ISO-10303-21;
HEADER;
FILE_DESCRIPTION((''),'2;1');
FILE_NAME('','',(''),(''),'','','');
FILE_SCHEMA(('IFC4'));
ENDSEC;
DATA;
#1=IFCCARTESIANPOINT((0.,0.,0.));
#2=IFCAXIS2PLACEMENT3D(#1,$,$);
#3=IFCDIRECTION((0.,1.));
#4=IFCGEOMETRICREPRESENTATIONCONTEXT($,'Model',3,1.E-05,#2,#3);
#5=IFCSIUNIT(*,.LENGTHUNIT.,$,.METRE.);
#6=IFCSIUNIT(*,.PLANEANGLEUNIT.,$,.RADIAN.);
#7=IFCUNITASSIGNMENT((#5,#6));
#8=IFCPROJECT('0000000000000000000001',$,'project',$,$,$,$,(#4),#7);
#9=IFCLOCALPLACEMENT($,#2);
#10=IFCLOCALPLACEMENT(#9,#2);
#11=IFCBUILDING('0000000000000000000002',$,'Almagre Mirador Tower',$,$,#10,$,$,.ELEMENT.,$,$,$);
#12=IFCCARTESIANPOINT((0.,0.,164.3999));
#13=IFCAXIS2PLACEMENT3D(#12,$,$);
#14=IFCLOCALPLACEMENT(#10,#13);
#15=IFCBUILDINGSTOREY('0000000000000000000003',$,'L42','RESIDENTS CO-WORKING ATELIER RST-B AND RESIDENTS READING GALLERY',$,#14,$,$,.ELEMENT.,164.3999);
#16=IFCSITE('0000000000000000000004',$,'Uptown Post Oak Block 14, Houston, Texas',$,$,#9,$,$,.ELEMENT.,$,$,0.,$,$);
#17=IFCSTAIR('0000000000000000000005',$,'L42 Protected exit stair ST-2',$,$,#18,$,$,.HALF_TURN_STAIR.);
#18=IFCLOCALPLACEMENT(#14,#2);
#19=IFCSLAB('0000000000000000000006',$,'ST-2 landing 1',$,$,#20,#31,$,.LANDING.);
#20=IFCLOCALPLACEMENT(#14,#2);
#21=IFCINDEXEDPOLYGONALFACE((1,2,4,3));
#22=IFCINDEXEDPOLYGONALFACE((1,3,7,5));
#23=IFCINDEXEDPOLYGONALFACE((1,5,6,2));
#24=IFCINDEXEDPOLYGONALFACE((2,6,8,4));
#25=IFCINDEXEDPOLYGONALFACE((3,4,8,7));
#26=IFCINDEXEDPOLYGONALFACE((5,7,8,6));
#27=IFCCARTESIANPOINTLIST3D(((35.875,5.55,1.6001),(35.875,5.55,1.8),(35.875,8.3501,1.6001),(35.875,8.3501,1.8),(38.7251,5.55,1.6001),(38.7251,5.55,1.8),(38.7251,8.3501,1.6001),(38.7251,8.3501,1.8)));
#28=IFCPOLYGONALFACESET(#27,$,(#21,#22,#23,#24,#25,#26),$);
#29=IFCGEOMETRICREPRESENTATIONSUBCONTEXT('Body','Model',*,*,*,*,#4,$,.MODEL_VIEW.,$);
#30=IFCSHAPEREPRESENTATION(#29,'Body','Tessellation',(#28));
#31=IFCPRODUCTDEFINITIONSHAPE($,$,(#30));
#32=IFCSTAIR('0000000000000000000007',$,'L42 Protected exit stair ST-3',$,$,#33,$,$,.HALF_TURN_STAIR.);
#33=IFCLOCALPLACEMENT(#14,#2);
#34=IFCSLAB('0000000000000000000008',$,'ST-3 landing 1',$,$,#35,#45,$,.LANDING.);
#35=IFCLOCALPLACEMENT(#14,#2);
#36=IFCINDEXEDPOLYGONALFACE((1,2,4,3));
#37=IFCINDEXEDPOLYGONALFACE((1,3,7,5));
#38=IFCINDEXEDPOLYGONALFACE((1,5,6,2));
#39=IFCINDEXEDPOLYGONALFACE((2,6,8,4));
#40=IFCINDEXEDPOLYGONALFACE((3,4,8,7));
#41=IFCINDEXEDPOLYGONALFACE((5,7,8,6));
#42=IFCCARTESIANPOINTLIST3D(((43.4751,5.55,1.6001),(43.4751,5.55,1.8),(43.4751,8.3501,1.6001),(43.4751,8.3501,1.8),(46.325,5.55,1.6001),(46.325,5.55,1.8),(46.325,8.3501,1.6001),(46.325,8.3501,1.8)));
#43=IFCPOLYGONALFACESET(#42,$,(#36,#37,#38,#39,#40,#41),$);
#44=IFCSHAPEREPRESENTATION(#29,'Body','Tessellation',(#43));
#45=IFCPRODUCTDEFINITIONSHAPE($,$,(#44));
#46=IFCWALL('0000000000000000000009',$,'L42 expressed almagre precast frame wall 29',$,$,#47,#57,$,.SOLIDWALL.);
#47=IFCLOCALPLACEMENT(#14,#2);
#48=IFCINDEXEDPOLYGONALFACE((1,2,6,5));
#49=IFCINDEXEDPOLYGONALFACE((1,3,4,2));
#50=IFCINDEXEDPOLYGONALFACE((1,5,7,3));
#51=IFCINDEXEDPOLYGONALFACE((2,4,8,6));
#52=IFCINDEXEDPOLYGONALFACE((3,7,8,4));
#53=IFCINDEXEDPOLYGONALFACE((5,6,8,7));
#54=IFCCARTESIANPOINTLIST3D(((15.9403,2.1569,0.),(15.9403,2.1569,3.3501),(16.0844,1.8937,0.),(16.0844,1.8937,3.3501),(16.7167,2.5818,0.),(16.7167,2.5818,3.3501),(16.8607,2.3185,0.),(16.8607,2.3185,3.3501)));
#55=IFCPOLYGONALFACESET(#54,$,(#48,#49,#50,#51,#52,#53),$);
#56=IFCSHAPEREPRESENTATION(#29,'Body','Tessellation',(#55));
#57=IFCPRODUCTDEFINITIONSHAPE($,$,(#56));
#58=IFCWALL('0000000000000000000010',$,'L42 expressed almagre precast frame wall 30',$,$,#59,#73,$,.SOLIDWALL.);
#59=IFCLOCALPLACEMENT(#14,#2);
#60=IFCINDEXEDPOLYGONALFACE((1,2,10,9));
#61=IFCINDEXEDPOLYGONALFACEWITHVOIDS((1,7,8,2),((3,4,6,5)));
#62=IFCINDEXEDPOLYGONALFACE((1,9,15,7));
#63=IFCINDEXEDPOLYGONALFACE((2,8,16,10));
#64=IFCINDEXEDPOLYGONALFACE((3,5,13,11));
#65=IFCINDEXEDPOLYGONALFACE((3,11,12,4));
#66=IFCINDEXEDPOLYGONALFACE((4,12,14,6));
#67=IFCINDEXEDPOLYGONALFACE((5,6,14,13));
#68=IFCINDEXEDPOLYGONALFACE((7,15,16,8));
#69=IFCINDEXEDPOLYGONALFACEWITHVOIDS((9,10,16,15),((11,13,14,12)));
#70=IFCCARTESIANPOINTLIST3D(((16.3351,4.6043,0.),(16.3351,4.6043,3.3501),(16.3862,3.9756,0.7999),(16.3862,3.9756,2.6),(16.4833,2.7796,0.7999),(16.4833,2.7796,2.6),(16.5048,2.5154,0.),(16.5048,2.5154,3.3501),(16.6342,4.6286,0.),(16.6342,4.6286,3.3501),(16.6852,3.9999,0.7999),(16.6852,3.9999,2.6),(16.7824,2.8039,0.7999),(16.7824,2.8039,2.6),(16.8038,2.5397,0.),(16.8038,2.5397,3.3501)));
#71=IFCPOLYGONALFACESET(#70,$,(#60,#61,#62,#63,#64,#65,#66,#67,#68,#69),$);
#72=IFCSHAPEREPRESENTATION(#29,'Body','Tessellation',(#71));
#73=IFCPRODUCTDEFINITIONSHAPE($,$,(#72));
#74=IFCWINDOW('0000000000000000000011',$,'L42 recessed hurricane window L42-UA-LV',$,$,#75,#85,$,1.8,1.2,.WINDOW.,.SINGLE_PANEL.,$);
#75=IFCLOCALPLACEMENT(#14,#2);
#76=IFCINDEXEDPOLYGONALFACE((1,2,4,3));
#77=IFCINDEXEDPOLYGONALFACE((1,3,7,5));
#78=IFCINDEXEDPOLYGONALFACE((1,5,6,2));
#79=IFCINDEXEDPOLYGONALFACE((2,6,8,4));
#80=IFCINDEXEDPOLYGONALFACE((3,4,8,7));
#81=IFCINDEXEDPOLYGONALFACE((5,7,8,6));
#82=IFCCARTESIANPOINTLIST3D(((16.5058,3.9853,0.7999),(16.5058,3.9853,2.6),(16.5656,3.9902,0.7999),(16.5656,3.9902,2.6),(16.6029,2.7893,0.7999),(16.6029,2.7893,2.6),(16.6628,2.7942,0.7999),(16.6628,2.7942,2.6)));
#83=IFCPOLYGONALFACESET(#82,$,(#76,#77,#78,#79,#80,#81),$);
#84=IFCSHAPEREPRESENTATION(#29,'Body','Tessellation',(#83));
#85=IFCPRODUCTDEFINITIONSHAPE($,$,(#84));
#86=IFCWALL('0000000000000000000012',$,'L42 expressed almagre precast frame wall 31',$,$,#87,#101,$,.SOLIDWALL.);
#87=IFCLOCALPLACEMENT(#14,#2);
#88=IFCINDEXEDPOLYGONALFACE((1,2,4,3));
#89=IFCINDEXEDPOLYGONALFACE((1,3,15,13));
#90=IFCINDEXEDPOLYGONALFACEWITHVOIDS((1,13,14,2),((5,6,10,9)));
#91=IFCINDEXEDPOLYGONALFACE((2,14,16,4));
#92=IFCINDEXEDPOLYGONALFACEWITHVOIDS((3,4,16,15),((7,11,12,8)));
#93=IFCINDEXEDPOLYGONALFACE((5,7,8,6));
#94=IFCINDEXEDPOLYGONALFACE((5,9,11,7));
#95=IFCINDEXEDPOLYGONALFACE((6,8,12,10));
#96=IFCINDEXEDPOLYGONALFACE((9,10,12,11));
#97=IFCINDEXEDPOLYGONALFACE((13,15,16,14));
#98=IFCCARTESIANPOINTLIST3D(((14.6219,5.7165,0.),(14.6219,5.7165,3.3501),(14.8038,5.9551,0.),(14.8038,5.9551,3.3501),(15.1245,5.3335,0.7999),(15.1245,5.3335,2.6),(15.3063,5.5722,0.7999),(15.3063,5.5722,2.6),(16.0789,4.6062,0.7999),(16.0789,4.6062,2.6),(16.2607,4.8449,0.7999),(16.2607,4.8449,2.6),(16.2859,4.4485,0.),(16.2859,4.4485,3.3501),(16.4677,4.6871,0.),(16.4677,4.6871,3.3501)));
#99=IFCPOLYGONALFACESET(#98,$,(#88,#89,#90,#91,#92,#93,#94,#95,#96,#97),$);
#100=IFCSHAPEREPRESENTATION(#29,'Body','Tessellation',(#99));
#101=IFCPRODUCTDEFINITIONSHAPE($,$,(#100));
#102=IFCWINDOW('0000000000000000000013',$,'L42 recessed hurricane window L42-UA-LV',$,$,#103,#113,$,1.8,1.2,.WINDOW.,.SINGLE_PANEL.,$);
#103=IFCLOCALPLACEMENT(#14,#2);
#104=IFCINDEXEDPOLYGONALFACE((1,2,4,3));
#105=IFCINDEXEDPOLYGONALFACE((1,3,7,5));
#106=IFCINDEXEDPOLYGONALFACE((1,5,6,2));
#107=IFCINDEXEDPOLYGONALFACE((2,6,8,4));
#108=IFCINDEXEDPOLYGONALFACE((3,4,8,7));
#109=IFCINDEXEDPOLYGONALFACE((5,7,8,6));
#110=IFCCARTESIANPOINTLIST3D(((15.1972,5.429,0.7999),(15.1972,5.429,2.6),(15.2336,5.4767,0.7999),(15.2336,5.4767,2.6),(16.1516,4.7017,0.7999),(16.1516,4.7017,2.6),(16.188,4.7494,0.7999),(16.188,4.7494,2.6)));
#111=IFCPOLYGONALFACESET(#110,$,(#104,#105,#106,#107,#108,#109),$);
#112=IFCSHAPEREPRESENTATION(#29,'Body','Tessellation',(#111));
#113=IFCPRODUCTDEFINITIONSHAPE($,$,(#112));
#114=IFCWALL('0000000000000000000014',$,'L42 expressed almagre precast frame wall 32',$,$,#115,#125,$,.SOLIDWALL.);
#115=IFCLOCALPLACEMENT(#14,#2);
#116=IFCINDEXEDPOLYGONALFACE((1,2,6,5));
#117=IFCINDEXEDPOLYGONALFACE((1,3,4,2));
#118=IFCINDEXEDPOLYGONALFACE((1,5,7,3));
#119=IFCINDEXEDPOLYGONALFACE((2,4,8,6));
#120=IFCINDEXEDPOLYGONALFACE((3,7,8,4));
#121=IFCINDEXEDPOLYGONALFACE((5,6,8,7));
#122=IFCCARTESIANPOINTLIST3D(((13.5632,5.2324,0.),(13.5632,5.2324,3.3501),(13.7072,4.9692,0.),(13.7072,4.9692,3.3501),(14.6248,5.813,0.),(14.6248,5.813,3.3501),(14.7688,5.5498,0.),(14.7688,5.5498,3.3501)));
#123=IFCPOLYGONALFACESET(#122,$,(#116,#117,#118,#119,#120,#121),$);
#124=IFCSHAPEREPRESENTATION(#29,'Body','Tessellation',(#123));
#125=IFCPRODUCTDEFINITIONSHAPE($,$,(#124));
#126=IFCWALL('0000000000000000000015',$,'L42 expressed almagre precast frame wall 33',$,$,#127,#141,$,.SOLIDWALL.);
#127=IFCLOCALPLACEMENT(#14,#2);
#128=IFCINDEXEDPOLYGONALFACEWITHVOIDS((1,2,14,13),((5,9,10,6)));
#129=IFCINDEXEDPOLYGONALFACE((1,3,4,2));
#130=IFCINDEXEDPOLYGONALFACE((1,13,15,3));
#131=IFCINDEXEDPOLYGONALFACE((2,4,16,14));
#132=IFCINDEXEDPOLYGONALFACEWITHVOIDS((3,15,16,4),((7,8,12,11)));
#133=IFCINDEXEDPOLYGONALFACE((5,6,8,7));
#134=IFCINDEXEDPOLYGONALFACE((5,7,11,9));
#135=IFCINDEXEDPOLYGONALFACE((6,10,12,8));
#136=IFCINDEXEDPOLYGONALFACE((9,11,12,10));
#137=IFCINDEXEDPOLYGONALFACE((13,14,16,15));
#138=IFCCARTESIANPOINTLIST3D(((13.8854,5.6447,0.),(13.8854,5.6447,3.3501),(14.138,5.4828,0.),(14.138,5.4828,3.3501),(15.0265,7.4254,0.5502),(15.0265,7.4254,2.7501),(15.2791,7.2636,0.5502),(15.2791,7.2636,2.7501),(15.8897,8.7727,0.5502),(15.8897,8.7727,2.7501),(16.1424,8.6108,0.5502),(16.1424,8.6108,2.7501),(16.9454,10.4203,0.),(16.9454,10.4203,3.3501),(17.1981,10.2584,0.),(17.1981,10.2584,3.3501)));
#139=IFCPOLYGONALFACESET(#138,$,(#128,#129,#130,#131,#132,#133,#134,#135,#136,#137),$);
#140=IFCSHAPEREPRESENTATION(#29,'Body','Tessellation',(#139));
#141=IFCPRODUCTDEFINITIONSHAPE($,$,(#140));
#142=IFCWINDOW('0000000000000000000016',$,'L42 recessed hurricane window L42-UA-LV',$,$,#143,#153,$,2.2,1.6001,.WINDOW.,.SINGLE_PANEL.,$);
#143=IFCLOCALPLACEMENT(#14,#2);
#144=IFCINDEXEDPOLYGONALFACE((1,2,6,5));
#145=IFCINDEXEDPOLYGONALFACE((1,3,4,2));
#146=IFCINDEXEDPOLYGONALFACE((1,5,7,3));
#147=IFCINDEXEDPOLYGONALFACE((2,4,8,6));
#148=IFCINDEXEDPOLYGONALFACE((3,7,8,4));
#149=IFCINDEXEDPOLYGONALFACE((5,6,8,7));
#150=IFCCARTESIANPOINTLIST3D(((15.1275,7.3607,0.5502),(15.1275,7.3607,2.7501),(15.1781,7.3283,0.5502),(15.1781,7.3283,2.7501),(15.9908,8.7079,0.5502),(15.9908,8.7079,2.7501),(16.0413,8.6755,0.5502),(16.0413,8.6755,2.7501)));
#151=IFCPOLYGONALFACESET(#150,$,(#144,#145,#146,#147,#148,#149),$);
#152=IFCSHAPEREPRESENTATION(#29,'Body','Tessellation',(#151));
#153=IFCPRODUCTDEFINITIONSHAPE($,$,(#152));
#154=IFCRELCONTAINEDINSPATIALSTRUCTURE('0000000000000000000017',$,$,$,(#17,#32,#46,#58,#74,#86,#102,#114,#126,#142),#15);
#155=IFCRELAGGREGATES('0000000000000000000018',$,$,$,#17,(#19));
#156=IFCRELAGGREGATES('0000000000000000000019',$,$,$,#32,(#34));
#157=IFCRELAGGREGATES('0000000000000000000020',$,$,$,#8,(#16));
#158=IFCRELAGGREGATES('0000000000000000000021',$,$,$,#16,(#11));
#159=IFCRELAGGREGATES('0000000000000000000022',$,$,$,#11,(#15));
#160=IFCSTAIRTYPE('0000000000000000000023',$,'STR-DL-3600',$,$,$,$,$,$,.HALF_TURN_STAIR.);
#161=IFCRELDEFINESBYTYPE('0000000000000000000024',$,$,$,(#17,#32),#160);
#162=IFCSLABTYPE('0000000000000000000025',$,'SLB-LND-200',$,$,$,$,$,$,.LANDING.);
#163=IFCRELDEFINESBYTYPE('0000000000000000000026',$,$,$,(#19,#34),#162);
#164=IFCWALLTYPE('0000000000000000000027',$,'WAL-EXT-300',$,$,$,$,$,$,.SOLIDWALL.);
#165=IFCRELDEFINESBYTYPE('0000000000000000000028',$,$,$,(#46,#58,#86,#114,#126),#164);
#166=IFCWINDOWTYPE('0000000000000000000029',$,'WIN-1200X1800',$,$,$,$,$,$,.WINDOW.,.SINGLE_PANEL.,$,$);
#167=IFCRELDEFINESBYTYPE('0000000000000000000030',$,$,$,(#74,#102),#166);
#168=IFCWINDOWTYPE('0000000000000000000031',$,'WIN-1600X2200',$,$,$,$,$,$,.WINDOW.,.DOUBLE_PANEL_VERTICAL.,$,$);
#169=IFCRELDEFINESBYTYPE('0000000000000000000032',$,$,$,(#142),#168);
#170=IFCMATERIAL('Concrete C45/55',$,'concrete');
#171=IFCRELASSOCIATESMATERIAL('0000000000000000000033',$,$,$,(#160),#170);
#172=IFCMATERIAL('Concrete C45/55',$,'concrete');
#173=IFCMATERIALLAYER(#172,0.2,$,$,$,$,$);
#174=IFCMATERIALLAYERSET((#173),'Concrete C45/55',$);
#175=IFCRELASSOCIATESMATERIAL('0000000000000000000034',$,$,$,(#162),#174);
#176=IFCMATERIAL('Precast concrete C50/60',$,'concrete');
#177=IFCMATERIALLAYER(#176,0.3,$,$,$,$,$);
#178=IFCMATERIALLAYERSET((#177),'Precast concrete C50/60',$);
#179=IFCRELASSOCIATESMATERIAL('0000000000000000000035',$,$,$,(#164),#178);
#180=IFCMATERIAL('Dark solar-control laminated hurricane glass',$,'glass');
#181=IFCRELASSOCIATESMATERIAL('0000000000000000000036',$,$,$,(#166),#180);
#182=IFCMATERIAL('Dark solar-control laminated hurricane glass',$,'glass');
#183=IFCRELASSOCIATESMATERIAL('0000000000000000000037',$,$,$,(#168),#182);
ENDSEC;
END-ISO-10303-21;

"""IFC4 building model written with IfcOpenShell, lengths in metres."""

from ifc_helpers import new_model, si_unit, direction, frame, frame_2d, origin, place, context, subcontext, project, spatial, polyline, rectangle, outline, extrude, material, layer, layer_set, type_object, element, fill, aggregate, save


model = new_model("IFC4")

# Units and contexts
model_context = context("Model", 3, precision=1e-05, world=origin(), true_north=direction((0.0, 1.0)))
body_context = subcontext(model_context, "Body", "Model", "MODEL_VIEW")
ifc_project = project(units=[si_unit("LENGTHUNIT", "METRE"), si_unit("PLANEANGLEUNIT", "RADIAN")], contexts=[model_context])

# Site, building, storey
site_placement = place(None, origin())
site = spatial("IfcSite", under=ifc_project, at=site_placement, Name="Uptown Post Oak Block 14, Houston, Texas", CompositionType="ELEMENT", RefElevation=0.0)
building_placement = place(site_placement, origin())
building = spatial("IfcBuilding", under=site, at=building_placement, Name="Almagre Mirador Tower", CompositionType="ELEMENT")
storey_placement = place(building_placement, frame((0.0, 0.0, 164.3999)))
storey = spatial("IfcBuildingStorey", under=building, at=storey_placement, Name="L42", Description="RESIDENTS CO-WORKING ATELIER RST-B AND RESIDENTS READING GALLERY", CompositionType="ELEMENT", Elevation=164.3999)

# Stairs, slabs
ifc_material_1 = material(Name="Concrete C45/55", Category="concrete")
stair_type = type_object("IfcStairType", Name="STR-DL-3600", PredefinedType="HALF_TURN_STAIR", material=ifc_material_1)
ifc_material_2 = material(Name="Concrete C45/55", Category="concrete")
ifc_layer_1 = layer(ifc_material_2, 0.2)
ifc_layer_set_1 = layer_set([ifc_layer_1], Name="Concrete C45/55")
slab_type_1 = type_object("IfcSlabType", Name="SLB-LND-200", PredefinedType="LANDING", material=ifc_layer_set_1)
stair_1_placement = place(storey_placement, origin())
stair_1 = element("IfcStair", 1, at=stair_1_placement, inside=storey, type_object=stair_type, Name="L42 Protected exit stair ST-2", PredefinedType="HALF_TURN_STAIR")
slab_1_placement = place(storey_placement, frame((0.0, 0.0, 1.6001)))
slab_1 = element("IfcSlab", 2, at=slab_1_placement, type_object=slab_type_1, Name="ST-2 landing 1", PredefinedType="LANDING", context=body_context, shape_type="SweptSolid", body=[
    extrude(outline(polyline([(35.875, 8.3501), (35.875, 5.55), (38.7251, 5.55), (38.7251, 8.3501), (35.875, 8.3501)])), origin(), (0.0, 0.0, 1.0), 0.2),
])
aggregate(stair_1, [slab_1])
stair_2_placement = place(storey_placement, origin())
stair_2 = element("IfcStair", 3, at=stair_2_placement, inside=storey, type_object=stair_type, Name="L42 Protected exit stair ST-3", PredefinedType="HALF_TURN_STAIR")
slab_2_placement = place(storey_placement, frame((0.0, 0.0, 1.6001)))
slab_2 = element("IfcSlab", 4, at=slab_2_placement, type_object=slab_type_1, Name="ST-3 landing 1", PredefinedType="LANDING", context=body_context, shape_type="SweptSolid", body=[
    extrude(outline(polyline([(43.4751, 8.3501), (43.4751, 5.55), (46.325, 5.55), (46.325, 8.3501), (43.4751, 8.3501)])), origin(), (0.0, 0.0, 1.0), 0.2),
])
aggregate(stair_2, [slab_2])

# Wall
ifc_material_3 = material(Name="Precast concrete C50/60", Category="concrete")
ifc_layer_2 = layer(ifc_material_3, 0.3)
ifc_layer_set_2 = layer_set([ifc_layer_2], Name="Precast concrete C50/60")
wall_type_1 = type_object("IfcWallType", Name="WAL-EXT-300", PredefinedType="SOLIDWALL", material=ifc_layer_set_2)
wall_1_placement = place(storey_placement, frame((16.0125, 2.0254, 0.0), z_axis=(0.0, 0.0, 1.0), x_axis=(0.877262, 0.480011, 0.0)))
element("IfcWall", 5, at=wall_1_placement, inside=storey, type_object=wall_type_1, Name="L42 expressed almagre precast frame wall 29", PredefinedType="SOLIDWALL", context=body_context, shape_type="SweptSolid", body=[
    extrude(rectangle(XDim=0.885, YDim=0.3, at=frame_2d((0.4424, 0.0))), origin(), (0.0, 0.0, 1.0), 3.3501),
])

# Walls, openings, windows
wall_2_placement = place(storey_placement, frame((16.6543, 2.5276, 0.0), z_axis=(0.0, 0.0, 1.0), x_axis=(-0.080963, 0.996717, 0.0)))
wall_2 = element("IfcWall", 6, at=wall_2_placement, inside=storey, type_object=wall_type_1, Name="L42 expressed almagre precast frame wall 30", PredefinedType="SOLIDWALL", context=body_context, shape_type="SweptSolid", body=[
    extrude(rectangle(XDim=2.0957, YDim=0.3, at=frame_2d((1.0479, 0.0))), origin(), (0.0, 0.0, 1.0), 3.3501),
])
opening_1_placement = place(wall_2_placement, frame((0.2649, 0.0, 0.8)))
opening_1 = element("IfcOpeningElement", 7, at=opening_1_placement, cuts=wall_2, PredefinedType="OPENING", context=body_context, shape_type="SweptSolid", body=[
    extrude(rectangle(XDim=1.2, YDim=1.8, at=frame_2d((0.6001, 0.8999))), frame((0.0, 0.1599, 0.0), z_axis=(0.0, -1.0, 0.0), x_axis=(1.0, 0.0, 0.0)), (0.0, 0.0, 1.0), 0.32),
])
ifc_material_4 = material(Name="Dark solar-control laminated hurricane glass", Category="glass")
window_type_1 = type_object("IfcWindowType", Name="WIN-1200X1800", PartitioningType="SINGLE_PANEL", PredefinedType="WINDOW", material=ifc_material_4)
window_1_placement = place(opening_1_placement, origin())
window_1 = element("IfcWindow", 8, at=window_1_placement, inside=storey, type_object=window_type_1, Name="L42 recessed hurricane window L42-UA-LV", OverallHeight=1.8, OverallWidth=1.2, PartitioningType="SINGLE_PANEL", PredefinedType="WINDOW", context=body_context, shape_type="SweptSolid", body=[
    extrude(rectangle(XDim=1.2, YDim=1.8, at=frame_2d((0.6001, 0.8999))), frame((0.0, 0.03, 0.0), z_axis=(0.0, -1.0, 0.0), x_axis=(1.0, 0.0, 0.0)), (0.0, 0.0, 1.0), 0.0601),
])
fill(opening_1, window_1)
wall_3_placement = place(storey_placement, frame((16.3767, 4.5679, 0.0), z_axis=(0.0, 0.0, 1.0), x_axis=(-0.795383, 0.606106, 0.0)))
wall_3 = element("IfcWall", 9, at=wall_3_placement, inside=storey, type_object=wall_type_1, Name="L42 expressed almagre precast frame wall 31", PredefinedType="SOLIDWALL", context=body_context, shape_type="SweptSolid", body=[
    extrude(rectangle(XDim=2.092, YDim=0.3, at=frame_2d((1.0459, 0.0))), origin(), (0.0, 0.0, 1.0), 3.3501),
])
opening_2_placement = place(wall_3_placement, frame((0.26, 0.0, 0.8)))
opening_2 = element("IfcOpeningElement", 10, at=opening_2_placement, cuts=wall_3, PredefinedType="OPENING", context=body_context, shape_type="SweptSolid", body=[
    extrude(rectangle(XDim=1.2, YDim=1.8, at=frame_2d((0.6001, 0.8999))), frame((0.0, 0.1599, 0.0), z_axis=(0.0, -1.0, 0.0), x_axis=(1.0, 0.0, 0.0)), (0.0, 0.0, 1.0), 0.32),
])
window_2_placement = place(opening_2_placement, origin())
window_2 = element("IfcWindow", 11, at=window_2_placement, inside=storey, type_object=window_type_1, Name="L42 recessed hurricane window L42-UA-LV", OverallHeight=1.8, OverallWidth=1.2, PartitioningType="SINGLE_PANEL", PredefinedType="WINDOW", context=body_context, shape_type="SweptSolid", body=[
    extrude(rectangle(XDim=1.2, YDim=1.8, at=frame_2d((0.6001, 0.8999))), frame((0.0, 0.03, 0.0), z_axis=(0.0, -1.0, 0.0), x_axis=(1.0, 0.0, 0.0)), (0.0, 0.0, 1.0), 0.0601),
])
fill(opening_2, window_2)

# Wall
wall_4_placement = place(storey_placement, frame((14.6968, 5.6814, 0.0), z_axis=(0.0, 0.0, 1.0), x_axis=(-0.877355, -0.479841, 0.0)))
element("IfcWall", 12, at=wall_4_placement, inside=storey, type_object=wall_type_1, Name="L42 expressed almagre precast frame wall 32", PredefinedType="SOLIDWALL", context=body_context, shape_type="SweptSolid", body=[
    extrude(rectangle(XDim=1.21, YDim=0.3, at=frame_2d((0.605, 0.0))), origin(), (0.0, 0.0, 1.0), 3.3501),
])

# Wall, opening, window
wall_5_placement = place(storey_placement, frame((14.0117, 5.5637, 0.0), z_axis=(0.0, 0.0, 1.0), x_axis=(0.53951, 0.841979, 0.0)))
wall_5 = element("IfcWall", 13, at=wall_5_placement, inside=storey, type_object=wall_type_1, Name="L42 expressed almagre precast frame wall 33", PredefinedType="SOLIDWALL", context=body_context, shape_type="SweptSolid", body=[
    extrude(rectangle(XDim=5.6719, YDim=0.3, at=frame_2d((2.8359, 0.0))), origin(), (0.0, 0.0, 1.0), 3.3501),
])
opening_3_placement = place(wall_5_placement, frame((2.115, 0.0, 0.55)))
opening_3 = element("IfcOpeningElement", 14, at=opening_3_placement, cuts=wall_5, PredefinedType="OPENING", context=body_context, shape_type="SweptSolid", body=[
    extrude(rectangle(XDim=1.6001, YDim=2.2, at=frame_2d((0.8, 1.1001))), frame((0.0, 0.1599, 0.0), z_axis=(0.0, -1.0, 0.0), x_axis=(1.0, 0.0, 0.0)), (0.0, 0.0, 1.0), 0.32),
])
ifc_material_5 = material(Name="Dark solar-control laminated hurricane glass", Category="glass")
window_type_2 = type_object("IfcWindowType", Name="WIN-1600X2200", PartitioningType="DOUBLE_PANEL_VERTICAL", PredefinedType="WINDOW", material=ifc_material_5)
window_3_placement = place(opening_3_placement, origin())
window_3 = element("IfcWindow", 15, at=window_3_placement, inside=storey, type_object=window_type_2, Name="L42 recessed hurricane window L42-UA-LV", OverallHeight=2.2, OverallWidth=1.6001, PartitioningType="SINGLE_PANEL", PredefinedType="WINDOW", context=body_context, shape_type="SweptSolid", body=[
    extrude(rectangle(XDim=1.6001, YDim=2.2, at=frame_2d((0.8, 1.1001))), frame((0.0, 0.03, 0.0), z_axis=(0.0, -1.0, 0.0), x_axis=(1.0, 0.0, 0.0)), (0.0, 0.0, 1.0), 0.0601),
])
fill(opening_3, window_3)

save(model, "model.ifc")
